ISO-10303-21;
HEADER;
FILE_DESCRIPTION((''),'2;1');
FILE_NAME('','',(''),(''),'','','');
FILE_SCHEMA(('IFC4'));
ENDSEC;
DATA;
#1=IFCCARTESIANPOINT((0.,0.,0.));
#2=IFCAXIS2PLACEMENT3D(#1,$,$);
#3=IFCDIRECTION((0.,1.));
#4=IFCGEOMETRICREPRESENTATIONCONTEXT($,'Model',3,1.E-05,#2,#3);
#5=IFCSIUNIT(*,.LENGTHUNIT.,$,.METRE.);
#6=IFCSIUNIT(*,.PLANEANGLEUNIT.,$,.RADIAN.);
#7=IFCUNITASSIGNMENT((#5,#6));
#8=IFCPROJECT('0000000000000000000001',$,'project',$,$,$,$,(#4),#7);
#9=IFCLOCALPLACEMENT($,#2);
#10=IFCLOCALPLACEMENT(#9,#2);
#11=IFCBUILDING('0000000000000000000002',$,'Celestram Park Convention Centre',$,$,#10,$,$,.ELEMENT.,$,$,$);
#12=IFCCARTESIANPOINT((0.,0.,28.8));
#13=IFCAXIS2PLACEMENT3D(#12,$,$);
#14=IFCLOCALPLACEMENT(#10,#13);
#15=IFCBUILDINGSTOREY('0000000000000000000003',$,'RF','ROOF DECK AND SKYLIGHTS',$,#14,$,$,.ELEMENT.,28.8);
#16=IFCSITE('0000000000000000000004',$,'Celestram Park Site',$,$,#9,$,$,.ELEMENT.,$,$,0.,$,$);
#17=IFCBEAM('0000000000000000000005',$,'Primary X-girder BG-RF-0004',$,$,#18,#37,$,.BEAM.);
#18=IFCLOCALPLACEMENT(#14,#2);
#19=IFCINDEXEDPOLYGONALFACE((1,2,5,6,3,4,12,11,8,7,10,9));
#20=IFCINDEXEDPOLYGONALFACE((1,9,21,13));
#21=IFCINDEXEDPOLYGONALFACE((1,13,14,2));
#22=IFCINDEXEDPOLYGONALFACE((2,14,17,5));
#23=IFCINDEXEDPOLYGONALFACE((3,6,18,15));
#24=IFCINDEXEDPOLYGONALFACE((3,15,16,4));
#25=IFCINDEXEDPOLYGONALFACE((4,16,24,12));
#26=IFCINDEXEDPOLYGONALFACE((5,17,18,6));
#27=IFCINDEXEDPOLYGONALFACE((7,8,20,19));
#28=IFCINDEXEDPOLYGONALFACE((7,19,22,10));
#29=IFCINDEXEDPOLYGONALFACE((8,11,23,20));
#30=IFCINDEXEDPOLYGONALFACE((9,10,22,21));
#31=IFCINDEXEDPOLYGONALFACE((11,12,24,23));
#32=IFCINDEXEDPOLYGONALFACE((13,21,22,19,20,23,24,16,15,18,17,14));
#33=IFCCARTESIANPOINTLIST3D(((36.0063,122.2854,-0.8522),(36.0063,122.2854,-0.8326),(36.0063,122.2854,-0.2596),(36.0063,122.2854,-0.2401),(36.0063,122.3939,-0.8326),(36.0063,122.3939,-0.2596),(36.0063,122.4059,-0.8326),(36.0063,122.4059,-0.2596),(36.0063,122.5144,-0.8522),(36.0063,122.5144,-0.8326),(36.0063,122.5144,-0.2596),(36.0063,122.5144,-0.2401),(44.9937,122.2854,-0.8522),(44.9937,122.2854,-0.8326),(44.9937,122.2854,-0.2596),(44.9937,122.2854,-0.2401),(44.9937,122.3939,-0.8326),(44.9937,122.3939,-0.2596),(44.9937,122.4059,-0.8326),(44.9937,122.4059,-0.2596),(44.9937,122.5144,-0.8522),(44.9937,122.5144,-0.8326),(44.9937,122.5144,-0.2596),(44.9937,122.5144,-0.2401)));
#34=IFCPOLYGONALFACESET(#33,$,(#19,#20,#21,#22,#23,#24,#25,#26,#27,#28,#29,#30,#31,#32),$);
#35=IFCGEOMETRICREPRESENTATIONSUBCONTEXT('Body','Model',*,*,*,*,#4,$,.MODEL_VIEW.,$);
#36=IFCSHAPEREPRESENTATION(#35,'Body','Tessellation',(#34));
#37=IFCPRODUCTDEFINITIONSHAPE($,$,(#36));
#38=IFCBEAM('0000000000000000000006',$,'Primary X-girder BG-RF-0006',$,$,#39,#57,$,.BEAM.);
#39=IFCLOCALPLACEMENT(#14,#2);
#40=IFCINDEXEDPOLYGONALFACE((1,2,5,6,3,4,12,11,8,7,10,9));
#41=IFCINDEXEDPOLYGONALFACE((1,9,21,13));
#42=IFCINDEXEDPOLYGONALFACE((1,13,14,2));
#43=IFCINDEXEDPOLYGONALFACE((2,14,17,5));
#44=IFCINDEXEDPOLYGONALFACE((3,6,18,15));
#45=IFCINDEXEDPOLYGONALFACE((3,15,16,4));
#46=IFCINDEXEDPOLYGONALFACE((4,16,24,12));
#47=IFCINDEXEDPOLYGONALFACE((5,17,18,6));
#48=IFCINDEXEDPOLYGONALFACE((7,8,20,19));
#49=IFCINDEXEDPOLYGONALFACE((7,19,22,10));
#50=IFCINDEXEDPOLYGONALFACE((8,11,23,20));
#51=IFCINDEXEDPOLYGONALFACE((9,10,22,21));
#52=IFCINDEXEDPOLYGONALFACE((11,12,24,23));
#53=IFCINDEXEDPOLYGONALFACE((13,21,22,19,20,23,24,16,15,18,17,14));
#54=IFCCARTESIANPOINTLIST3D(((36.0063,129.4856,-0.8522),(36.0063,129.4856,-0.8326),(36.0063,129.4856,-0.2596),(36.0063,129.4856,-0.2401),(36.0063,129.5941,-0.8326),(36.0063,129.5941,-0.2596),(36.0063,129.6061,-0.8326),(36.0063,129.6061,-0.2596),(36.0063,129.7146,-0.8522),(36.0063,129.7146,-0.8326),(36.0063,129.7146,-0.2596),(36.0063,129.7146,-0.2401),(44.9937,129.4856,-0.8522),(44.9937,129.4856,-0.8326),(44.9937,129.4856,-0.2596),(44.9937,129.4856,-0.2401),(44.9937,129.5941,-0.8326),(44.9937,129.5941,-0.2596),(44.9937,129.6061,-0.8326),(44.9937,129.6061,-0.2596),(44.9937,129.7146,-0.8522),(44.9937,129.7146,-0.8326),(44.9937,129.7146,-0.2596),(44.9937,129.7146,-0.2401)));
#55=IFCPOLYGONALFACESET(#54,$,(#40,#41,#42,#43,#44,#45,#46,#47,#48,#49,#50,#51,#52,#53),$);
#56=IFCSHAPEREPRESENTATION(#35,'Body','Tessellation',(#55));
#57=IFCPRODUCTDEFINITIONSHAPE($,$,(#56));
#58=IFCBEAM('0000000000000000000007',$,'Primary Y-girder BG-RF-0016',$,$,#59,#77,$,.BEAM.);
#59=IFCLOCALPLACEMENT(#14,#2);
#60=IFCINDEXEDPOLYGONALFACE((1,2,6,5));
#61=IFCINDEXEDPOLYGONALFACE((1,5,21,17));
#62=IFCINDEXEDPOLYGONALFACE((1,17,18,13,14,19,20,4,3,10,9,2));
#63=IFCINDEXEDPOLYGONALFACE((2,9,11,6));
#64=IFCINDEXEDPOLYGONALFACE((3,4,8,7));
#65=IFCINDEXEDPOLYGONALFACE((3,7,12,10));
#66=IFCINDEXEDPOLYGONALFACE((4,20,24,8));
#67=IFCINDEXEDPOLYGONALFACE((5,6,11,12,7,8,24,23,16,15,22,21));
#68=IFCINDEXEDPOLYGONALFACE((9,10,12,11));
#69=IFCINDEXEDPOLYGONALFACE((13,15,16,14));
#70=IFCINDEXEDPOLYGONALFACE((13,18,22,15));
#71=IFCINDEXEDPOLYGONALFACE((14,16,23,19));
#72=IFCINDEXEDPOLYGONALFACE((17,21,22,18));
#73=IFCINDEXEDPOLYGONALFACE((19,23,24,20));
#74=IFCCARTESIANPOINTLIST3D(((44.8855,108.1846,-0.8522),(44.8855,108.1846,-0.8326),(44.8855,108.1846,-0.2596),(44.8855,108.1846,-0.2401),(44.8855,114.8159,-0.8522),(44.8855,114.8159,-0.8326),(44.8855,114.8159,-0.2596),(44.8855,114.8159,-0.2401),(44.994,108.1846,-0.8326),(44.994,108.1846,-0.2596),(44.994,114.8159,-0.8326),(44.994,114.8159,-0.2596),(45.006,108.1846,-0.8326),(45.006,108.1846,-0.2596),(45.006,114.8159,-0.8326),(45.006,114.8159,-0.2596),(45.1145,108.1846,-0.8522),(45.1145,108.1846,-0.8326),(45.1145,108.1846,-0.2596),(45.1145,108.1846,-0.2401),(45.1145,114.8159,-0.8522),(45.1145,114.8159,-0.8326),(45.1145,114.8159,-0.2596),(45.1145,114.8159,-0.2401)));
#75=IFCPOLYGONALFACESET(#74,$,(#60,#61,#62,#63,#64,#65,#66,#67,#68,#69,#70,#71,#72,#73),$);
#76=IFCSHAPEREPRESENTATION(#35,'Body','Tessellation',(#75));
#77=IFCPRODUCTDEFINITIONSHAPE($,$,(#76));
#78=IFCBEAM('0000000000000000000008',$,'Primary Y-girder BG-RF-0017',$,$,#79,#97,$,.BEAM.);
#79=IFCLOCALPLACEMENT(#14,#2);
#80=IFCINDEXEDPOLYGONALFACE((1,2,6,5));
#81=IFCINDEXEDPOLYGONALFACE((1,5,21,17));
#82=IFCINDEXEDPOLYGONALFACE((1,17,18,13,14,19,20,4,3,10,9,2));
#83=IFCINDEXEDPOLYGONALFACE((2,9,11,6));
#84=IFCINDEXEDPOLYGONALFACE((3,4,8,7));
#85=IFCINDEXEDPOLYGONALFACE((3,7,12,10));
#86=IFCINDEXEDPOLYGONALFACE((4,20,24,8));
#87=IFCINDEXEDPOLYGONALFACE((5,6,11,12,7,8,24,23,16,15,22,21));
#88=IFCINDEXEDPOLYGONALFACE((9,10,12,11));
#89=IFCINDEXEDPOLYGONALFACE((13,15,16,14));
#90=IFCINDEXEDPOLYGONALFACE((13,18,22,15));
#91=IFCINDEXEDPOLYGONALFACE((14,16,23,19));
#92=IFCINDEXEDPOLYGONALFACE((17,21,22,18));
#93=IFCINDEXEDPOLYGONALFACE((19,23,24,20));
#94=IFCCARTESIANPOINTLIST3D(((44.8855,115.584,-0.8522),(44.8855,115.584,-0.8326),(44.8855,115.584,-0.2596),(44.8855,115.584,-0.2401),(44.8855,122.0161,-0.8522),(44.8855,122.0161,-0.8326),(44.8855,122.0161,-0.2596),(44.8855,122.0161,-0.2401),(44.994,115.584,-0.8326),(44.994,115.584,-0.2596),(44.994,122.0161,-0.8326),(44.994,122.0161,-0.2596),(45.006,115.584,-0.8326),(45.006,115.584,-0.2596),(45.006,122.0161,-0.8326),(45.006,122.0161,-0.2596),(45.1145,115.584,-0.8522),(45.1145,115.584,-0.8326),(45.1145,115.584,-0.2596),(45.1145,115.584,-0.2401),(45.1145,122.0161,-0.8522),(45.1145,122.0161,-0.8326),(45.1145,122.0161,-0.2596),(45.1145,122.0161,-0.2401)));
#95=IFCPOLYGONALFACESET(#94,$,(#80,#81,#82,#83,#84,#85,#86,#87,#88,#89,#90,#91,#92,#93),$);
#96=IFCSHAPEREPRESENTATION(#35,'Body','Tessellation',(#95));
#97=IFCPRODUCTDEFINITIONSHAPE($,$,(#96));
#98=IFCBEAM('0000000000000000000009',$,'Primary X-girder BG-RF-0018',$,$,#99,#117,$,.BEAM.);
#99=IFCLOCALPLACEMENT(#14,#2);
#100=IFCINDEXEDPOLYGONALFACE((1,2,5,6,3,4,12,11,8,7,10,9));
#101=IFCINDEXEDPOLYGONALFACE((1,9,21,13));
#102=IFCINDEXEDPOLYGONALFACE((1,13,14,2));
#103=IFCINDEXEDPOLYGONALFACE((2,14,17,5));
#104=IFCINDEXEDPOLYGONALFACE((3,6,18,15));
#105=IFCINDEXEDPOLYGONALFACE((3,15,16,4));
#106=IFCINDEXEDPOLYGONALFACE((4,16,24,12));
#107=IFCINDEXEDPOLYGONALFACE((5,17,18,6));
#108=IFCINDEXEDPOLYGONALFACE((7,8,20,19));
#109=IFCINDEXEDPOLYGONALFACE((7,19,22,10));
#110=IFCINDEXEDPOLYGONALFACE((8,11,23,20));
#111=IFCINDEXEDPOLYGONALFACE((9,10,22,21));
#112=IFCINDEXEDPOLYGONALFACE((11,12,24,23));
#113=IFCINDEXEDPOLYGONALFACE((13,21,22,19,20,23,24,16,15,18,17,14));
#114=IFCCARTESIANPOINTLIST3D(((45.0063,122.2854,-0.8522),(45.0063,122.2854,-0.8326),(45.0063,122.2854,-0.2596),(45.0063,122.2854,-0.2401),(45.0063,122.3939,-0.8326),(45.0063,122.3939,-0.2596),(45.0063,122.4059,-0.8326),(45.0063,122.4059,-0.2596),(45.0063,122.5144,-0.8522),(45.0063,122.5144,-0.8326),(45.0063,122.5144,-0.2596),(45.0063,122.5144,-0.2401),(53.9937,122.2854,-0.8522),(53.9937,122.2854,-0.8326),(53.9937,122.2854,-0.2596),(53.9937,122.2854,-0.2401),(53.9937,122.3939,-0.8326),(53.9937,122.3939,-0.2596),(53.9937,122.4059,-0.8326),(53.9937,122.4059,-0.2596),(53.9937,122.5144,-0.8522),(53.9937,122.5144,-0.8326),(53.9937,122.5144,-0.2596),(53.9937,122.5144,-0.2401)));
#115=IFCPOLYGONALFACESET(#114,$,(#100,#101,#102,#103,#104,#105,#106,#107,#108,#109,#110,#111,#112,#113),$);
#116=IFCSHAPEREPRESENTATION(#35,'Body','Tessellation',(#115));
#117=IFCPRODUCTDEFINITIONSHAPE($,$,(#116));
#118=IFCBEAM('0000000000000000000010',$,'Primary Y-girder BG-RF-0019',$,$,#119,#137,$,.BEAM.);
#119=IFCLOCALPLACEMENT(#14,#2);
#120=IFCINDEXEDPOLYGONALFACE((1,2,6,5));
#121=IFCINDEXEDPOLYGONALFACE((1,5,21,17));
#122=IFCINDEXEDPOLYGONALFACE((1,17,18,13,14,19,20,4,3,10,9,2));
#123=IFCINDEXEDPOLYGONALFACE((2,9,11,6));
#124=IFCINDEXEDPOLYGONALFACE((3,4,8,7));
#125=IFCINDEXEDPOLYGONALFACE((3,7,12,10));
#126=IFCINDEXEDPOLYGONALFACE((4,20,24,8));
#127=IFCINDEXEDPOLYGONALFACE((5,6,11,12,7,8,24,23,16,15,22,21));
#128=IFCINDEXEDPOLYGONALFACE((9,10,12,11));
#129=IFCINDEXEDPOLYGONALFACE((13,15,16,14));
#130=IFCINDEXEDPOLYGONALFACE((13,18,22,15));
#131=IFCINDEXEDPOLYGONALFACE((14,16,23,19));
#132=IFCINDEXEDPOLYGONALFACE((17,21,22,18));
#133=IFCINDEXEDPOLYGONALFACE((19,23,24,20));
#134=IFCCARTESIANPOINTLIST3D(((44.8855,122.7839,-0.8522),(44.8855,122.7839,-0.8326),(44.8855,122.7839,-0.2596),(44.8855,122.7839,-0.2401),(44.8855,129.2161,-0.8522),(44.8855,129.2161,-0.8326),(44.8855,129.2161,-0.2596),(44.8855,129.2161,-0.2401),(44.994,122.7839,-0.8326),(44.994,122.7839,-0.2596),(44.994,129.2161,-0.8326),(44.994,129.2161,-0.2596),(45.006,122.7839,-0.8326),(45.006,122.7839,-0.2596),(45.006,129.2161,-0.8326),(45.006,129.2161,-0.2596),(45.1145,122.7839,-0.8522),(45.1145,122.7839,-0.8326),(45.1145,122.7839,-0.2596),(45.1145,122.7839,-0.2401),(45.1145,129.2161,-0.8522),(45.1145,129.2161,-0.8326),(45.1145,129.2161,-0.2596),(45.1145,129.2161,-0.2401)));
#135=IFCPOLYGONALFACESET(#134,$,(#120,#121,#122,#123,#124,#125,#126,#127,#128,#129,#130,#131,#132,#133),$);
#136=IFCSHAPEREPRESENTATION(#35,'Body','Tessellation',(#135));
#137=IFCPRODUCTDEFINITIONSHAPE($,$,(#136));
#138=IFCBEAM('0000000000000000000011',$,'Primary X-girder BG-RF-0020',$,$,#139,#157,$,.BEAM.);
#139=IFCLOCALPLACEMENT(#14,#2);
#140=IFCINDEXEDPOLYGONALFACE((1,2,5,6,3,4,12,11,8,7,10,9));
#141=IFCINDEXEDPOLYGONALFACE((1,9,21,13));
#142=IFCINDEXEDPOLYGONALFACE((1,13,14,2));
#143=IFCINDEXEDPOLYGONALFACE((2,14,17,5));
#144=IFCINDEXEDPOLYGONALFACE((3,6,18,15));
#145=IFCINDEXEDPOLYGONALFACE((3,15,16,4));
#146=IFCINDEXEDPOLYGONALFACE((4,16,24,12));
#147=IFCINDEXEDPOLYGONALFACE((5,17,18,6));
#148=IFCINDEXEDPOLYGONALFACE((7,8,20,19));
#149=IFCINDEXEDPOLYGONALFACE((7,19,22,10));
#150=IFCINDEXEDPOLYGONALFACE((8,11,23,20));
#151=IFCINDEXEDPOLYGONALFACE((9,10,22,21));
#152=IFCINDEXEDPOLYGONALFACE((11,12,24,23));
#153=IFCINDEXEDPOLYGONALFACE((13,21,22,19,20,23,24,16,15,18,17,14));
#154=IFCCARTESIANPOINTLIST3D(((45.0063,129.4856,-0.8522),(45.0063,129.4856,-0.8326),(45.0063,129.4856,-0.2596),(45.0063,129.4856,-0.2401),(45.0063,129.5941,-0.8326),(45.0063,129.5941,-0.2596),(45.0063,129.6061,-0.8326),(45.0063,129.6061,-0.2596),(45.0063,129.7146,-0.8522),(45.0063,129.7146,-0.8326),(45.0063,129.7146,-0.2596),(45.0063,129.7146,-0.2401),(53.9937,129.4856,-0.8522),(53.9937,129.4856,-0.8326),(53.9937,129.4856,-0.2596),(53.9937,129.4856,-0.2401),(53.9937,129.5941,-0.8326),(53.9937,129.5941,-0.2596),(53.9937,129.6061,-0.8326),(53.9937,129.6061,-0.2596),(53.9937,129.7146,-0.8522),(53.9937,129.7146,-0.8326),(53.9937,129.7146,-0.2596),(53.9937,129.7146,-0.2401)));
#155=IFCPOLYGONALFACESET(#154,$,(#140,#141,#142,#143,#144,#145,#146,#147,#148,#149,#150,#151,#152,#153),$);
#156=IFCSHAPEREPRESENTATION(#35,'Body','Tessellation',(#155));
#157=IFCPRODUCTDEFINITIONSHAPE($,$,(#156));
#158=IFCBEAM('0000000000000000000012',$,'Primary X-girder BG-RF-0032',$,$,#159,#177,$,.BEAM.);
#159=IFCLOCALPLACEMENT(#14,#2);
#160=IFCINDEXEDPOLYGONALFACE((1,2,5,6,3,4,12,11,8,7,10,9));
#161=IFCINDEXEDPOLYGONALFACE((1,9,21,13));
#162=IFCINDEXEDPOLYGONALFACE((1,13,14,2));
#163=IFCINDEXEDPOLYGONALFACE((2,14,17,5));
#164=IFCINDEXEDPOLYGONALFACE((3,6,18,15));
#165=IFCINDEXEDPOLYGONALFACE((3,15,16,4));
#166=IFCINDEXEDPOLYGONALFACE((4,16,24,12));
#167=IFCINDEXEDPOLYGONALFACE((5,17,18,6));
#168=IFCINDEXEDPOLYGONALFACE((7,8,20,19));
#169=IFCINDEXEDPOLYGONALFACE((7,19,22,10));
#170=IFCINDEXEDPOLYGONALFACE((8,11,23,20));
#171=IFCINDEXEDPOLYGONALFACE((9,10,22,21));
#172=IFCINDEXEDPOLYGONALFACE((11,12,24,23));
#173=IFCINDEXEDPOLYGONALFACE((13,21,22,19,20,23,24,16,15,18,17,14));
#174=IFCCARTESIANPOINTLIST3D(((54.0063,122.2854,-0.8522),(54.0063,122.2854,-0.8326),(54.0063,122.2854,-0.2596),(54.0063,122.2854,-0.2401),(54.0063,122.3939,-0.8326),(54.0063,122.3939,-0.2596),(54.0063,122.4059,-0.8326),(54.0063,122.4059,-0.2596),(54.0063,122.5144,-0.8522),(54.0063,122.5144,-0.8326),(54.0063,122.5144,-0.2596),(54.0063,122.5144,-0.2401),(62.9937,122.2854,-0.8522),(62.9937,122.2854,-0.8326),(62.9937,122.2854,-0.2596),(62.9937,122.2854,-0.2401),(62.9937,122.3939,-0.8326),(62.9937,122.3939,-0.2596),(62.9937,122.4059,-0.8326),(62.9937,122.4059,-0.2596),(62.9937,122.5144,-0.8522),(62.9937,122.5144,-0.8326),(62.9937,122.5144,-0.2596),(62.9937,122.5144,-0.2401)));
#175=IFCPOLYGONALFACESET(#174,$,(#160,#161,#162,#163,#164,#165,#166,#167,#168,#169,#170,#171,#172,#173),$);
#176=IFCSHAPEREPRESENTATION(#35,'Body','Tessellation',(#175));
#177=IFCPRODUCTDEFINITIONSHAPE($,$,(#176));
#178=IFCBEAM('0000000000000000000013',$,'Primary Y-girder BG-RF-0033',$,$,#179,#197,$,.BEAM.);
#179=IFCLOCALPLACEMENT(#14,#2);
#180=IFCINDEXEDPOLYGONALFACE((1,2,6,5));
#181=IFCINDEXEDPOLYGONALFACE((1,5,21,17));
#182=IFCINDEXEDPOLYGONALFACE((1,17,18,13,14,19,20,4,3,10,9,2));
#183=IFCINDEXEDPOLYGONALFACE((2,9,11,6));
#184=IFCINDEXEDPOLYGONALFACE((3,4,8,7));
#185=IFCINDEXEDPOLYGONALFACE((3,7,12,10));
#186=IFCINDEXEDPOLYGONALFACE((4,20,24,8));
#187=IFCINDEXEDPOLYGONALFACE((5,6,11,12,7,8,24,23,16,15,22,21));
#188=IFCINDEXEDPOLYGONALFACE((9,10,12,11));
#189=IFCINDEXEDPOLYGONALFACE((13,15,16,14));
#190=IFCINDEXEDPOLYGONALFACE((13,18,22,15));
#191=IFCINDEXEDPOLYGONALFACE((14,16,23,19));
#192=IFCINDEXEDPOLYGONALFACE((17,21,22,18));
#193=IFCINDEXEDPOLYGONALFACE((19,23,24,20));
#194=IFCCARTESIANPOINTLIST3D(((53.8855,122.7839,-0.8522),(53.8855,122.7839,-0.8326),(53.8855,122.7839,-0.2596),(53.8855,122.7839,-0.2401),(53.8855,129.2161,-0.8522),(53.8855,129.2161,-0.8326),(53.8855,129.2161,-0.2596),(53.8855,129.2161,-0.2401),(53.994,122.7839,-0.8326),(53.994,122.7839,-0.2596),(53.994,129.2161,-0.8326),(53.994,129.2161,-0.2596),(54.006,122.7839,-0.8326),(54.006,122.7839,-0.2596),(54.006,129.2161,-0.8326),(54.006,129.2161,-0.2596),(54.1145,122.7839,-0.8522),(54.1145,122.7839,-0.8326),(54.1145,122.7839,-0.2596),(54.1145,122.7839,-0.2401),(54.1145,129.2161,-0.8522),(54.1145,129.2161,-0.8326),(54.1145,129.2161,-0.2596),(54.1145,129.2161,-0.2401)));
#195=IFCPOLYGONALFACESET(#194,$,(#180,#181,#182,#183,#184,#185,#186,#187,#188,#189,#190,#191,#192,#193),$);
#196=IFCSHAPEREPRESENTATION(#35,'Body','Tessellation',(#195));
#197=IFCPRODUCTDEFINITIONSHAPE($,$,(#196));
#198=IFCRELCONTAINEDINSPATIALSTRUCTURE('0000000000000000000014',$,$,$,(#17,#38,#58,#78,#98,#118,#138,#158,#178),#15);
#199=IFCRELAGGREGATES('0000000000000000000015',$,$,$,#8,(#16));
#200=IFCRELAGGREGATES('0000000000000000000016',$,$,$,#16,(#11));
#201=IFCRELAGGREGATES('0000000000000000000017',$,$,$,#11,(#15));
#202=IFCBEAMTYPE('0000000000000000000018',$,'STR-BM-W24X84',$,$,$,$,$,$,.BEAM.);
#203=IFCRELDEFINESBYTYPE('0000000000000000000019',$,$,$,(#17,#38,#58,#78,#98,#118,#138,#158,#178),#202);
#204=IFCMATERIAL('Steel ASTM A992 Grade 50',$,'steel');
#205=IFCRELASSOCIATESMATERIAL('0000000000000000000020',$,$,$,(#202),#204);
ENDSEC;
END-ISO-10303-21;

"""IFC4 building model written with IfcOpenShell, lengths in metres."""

from ifc_helpers import new_model, si_unit, direction, frame, origin, origin_2d, place, context, subcontext, project, spatial, i_section, extrude, material, material_profile, profile_set, type_object, element, save


model = new_model("IFC4")

# Units and contexts
model_context = context("Model", 3, precision=1e-05, world=origin(), true_north=direction((0.0, 1.0)))
body_context = subcontext(model_context, "Body", "Model", "MODEL_VIEW")
ifc_project = project(units=[si_unit("LENGTHUNIT", "METRE"), si_unit("PLANEANGLEUNIT", "RADIAN")], contexts=[model_context])

# Site, building, storey
site_placement = place(None, origin())
site = spatial("IfcSite", under=ifc_project, at=site_placement, Name="Celestram Park Site", CompositionType="ELEMENT", RefElevation=0.0)
building_placement = place(site_placement, origin())
building = spatial("IfcBuilding", under=site, at=building_placement, Name="Celestram Park Convention Centre", CompositionType="ELEMENT")
storey_placement = place(building_placement, frame((0.0, 0.0, 28.8)))
storey = spatial("IfcBuildingStorey", under=building, at=storey_placement, Name="RF", Description="ROOF DECK AND SKYLIGHTS", CompositionType="ELEMENT", Elevation=28.8)

# Beams
ifc_material_1 = material(Name="Steel ASTM A992 Grade 50", Category="steel")
ifc_material_profile_1 = material_profile(ifc_material_1, i_section(OverallWidth=0.229, OverallDepth=0.6121, WebThickness=0.012, FlangeThickness=0.0195, at=origin_2d()), Name="W24X84")
ifc_profile_set_1 = profile_set([ifc_material_profile_1], Name="Steel ASTM A992 Grade 50")
beam_type_1 = type_object("IfcBeamType", Name="STR-BM-W24X84", PredefinedType="BEAM", material=ifc_profile_set_1)
for number, where, z_axis, x_axis, name in (
    (1, (36.0063, 122.3999, -0.5461), (1.0, 0.0, 0.0), (0.0, 1.0, 0.0), "Primary X-girder BG-RF-0004"),
    (2, (36.0063, 129.6001, -0.5461), (1.0, 0.0, 0.0), (0.0, 1.0, 0.0), "Primary X-girder BG-RF-0006"),
):
    element("IfcBeam", number, at=place(storey_placement, frame(where, z_axis=z_axis, x_axis=x_axis)), inside=storey, type_object=beam_type_1, Name=name, PredefinedType="BEAM", context=body_context, shape_type="SweptSolid", body=[
        extrude(i_section(OverallWidth=0.229, OverallDepth=0.6121, WebThickness=0.012, FlangeThickness=0.0195, at=origin_2d()), origin(), (0.0, 0.0, 1.0), 8.9873),
    ])
beam_1_placement = place(storey_placement, frame((45.0, 108.1846, -0.5461), z_axis=(0.0, 1.0, 0.0), x_axis=(-1.0, 0.0, 0.0)))
element("IfcBeam", 3, at=beam_1_placement, inside=storey, type_object=beam_type_1, Name="Primary Y-girder BG-RF-0016", PredefinedType="BEAM", context=body_context, shape_type="SweptSolid", body=[
    extrude(i_section(OverallWidth=0.229, OverallDepth=0.6121, WebThickness=0.012, FlangeThickness=0.0195, at=origin_2d()), origin(), (0.0, 0.0, 1.0), 6.6313),
])
beam_2_placement = place(storey_placement, frame((45.0, 115.584, -0.5461), z_axis=(0.0, 1.0, 0.0), x_axis=(-1.0, 0.0, 0.0)))
element("IfcBeam", 4, at=beam_2_placement, inside=storey, type_object=beam_type_1, Name="Primary Y-girder BG-RF-0017", PredefinedType="BEAM", context=body_context, shape_type="SweptSolid", body=[
    extrude(i_section(OverallWidth=0.229, OverallDepth=0.6121, WebThickness=0.012, FlangeThickness=0.0195, at=origin_2d()), origin(), (0.0, 0.0, 1.0), 6.4321),
])
beam_3_placement = place(storey_placement, frame((45.0063, 122.3999, -0.5461), z_axis=(1.0, 0.0, 0.0), x_axis=(0.0, 1.0, 0.0)))
element("IfcBeam", 5, at=beam_3_placement, inside=storey, type_object=beam_type_1, Name="Primary X-girder BG-RF-0018", PredefinedType="BEAM", context=body_context, shape_type="SweptSolid", body=[
    extrude(i_section(OverallWidth=0.229, OverallDepth=0.6121, WebThickness=0.012, FlangeThickness=0.0195, at=origin_2d()), origin(), (0.0, 0.0, 1.0), 8.9873),
])
beam_4_placement = place(storey_placement, frame((45.0, 122.7839, -0.5461), z_axis=(0.0, 1.0, 0.0), x_axis=(-1.0, 0.0, 0.0)))
element("IfcBeam", 6, at=beam_4_placement, inside=storey, type_object=beam_type_1, Name="Primary Y-girder BG-RF-0019", PredefinedType="BEAM", context=body_context, shape_type="SweptSolid", body=[
    extrude(i_section(OverallWidth=0.229, OverallDepth=0.6121, WebThickness=0.012, FlangeThickness=0.0195, at=origin_2d()), origin(), (0.0, 0.0, 1.0), 6.4321),
])
for number, where, z_axis, x_axis, name in (
    (7, (45.0063, 129.6001, -0.5461), (1.0, 0.0, 0.0), (0.0, 1.0, 0.0), "Primary X-girder BG-RF-0020"),
    (8, (54.0063, 122.3999, -0.5461), (1.0, 0.0, 0.0), (0.0, 1.0, 0.0), "Primary X-girder BG-RF-0032"),
):
    element("IfcBeam", number, at=place(storey_placement, frame(where, z_axis=z_axis, x_axis=x_axis)), inside=storey, type_object=beam_type_1, Name=name, PredefinedType="BEAM", context=body_context, shape_type="SweptSolid", body=[
        extrude(i_section(OverallWidth=0.229, OverallDepth=0.6121, WebThickness=0.012, FlangeThickness=0.0195, at=origin_2d()), origin(), (0.0, 0.0, 1.0), 8.9873),
    ])
beam_5_placement = place(storey_placement, frame((54.0, 122.7839, -0.5461), z_axis=(0.0, 1.0, 0.0), x_axis=(-1.0, 0.0, 0.0)))
element("IfcBeam", 9, at=beam_5_placement, inside=storey, type_object=beam_type_1, Name="Primary Y-girder BG-RF-0033", PredefinedType="BEAM", context=body_context, shape_type="SweptSolid", body=[
    extrude(i_section(OverallWidth=0.229, OverallDepth=0.6121, WebThickness=0.012, FlangeThickness=0.0195, at=origin_2d()), origin(), (0.0, 0.0, 1.0), 6.4321),
])

save(model, "model.ifc")
